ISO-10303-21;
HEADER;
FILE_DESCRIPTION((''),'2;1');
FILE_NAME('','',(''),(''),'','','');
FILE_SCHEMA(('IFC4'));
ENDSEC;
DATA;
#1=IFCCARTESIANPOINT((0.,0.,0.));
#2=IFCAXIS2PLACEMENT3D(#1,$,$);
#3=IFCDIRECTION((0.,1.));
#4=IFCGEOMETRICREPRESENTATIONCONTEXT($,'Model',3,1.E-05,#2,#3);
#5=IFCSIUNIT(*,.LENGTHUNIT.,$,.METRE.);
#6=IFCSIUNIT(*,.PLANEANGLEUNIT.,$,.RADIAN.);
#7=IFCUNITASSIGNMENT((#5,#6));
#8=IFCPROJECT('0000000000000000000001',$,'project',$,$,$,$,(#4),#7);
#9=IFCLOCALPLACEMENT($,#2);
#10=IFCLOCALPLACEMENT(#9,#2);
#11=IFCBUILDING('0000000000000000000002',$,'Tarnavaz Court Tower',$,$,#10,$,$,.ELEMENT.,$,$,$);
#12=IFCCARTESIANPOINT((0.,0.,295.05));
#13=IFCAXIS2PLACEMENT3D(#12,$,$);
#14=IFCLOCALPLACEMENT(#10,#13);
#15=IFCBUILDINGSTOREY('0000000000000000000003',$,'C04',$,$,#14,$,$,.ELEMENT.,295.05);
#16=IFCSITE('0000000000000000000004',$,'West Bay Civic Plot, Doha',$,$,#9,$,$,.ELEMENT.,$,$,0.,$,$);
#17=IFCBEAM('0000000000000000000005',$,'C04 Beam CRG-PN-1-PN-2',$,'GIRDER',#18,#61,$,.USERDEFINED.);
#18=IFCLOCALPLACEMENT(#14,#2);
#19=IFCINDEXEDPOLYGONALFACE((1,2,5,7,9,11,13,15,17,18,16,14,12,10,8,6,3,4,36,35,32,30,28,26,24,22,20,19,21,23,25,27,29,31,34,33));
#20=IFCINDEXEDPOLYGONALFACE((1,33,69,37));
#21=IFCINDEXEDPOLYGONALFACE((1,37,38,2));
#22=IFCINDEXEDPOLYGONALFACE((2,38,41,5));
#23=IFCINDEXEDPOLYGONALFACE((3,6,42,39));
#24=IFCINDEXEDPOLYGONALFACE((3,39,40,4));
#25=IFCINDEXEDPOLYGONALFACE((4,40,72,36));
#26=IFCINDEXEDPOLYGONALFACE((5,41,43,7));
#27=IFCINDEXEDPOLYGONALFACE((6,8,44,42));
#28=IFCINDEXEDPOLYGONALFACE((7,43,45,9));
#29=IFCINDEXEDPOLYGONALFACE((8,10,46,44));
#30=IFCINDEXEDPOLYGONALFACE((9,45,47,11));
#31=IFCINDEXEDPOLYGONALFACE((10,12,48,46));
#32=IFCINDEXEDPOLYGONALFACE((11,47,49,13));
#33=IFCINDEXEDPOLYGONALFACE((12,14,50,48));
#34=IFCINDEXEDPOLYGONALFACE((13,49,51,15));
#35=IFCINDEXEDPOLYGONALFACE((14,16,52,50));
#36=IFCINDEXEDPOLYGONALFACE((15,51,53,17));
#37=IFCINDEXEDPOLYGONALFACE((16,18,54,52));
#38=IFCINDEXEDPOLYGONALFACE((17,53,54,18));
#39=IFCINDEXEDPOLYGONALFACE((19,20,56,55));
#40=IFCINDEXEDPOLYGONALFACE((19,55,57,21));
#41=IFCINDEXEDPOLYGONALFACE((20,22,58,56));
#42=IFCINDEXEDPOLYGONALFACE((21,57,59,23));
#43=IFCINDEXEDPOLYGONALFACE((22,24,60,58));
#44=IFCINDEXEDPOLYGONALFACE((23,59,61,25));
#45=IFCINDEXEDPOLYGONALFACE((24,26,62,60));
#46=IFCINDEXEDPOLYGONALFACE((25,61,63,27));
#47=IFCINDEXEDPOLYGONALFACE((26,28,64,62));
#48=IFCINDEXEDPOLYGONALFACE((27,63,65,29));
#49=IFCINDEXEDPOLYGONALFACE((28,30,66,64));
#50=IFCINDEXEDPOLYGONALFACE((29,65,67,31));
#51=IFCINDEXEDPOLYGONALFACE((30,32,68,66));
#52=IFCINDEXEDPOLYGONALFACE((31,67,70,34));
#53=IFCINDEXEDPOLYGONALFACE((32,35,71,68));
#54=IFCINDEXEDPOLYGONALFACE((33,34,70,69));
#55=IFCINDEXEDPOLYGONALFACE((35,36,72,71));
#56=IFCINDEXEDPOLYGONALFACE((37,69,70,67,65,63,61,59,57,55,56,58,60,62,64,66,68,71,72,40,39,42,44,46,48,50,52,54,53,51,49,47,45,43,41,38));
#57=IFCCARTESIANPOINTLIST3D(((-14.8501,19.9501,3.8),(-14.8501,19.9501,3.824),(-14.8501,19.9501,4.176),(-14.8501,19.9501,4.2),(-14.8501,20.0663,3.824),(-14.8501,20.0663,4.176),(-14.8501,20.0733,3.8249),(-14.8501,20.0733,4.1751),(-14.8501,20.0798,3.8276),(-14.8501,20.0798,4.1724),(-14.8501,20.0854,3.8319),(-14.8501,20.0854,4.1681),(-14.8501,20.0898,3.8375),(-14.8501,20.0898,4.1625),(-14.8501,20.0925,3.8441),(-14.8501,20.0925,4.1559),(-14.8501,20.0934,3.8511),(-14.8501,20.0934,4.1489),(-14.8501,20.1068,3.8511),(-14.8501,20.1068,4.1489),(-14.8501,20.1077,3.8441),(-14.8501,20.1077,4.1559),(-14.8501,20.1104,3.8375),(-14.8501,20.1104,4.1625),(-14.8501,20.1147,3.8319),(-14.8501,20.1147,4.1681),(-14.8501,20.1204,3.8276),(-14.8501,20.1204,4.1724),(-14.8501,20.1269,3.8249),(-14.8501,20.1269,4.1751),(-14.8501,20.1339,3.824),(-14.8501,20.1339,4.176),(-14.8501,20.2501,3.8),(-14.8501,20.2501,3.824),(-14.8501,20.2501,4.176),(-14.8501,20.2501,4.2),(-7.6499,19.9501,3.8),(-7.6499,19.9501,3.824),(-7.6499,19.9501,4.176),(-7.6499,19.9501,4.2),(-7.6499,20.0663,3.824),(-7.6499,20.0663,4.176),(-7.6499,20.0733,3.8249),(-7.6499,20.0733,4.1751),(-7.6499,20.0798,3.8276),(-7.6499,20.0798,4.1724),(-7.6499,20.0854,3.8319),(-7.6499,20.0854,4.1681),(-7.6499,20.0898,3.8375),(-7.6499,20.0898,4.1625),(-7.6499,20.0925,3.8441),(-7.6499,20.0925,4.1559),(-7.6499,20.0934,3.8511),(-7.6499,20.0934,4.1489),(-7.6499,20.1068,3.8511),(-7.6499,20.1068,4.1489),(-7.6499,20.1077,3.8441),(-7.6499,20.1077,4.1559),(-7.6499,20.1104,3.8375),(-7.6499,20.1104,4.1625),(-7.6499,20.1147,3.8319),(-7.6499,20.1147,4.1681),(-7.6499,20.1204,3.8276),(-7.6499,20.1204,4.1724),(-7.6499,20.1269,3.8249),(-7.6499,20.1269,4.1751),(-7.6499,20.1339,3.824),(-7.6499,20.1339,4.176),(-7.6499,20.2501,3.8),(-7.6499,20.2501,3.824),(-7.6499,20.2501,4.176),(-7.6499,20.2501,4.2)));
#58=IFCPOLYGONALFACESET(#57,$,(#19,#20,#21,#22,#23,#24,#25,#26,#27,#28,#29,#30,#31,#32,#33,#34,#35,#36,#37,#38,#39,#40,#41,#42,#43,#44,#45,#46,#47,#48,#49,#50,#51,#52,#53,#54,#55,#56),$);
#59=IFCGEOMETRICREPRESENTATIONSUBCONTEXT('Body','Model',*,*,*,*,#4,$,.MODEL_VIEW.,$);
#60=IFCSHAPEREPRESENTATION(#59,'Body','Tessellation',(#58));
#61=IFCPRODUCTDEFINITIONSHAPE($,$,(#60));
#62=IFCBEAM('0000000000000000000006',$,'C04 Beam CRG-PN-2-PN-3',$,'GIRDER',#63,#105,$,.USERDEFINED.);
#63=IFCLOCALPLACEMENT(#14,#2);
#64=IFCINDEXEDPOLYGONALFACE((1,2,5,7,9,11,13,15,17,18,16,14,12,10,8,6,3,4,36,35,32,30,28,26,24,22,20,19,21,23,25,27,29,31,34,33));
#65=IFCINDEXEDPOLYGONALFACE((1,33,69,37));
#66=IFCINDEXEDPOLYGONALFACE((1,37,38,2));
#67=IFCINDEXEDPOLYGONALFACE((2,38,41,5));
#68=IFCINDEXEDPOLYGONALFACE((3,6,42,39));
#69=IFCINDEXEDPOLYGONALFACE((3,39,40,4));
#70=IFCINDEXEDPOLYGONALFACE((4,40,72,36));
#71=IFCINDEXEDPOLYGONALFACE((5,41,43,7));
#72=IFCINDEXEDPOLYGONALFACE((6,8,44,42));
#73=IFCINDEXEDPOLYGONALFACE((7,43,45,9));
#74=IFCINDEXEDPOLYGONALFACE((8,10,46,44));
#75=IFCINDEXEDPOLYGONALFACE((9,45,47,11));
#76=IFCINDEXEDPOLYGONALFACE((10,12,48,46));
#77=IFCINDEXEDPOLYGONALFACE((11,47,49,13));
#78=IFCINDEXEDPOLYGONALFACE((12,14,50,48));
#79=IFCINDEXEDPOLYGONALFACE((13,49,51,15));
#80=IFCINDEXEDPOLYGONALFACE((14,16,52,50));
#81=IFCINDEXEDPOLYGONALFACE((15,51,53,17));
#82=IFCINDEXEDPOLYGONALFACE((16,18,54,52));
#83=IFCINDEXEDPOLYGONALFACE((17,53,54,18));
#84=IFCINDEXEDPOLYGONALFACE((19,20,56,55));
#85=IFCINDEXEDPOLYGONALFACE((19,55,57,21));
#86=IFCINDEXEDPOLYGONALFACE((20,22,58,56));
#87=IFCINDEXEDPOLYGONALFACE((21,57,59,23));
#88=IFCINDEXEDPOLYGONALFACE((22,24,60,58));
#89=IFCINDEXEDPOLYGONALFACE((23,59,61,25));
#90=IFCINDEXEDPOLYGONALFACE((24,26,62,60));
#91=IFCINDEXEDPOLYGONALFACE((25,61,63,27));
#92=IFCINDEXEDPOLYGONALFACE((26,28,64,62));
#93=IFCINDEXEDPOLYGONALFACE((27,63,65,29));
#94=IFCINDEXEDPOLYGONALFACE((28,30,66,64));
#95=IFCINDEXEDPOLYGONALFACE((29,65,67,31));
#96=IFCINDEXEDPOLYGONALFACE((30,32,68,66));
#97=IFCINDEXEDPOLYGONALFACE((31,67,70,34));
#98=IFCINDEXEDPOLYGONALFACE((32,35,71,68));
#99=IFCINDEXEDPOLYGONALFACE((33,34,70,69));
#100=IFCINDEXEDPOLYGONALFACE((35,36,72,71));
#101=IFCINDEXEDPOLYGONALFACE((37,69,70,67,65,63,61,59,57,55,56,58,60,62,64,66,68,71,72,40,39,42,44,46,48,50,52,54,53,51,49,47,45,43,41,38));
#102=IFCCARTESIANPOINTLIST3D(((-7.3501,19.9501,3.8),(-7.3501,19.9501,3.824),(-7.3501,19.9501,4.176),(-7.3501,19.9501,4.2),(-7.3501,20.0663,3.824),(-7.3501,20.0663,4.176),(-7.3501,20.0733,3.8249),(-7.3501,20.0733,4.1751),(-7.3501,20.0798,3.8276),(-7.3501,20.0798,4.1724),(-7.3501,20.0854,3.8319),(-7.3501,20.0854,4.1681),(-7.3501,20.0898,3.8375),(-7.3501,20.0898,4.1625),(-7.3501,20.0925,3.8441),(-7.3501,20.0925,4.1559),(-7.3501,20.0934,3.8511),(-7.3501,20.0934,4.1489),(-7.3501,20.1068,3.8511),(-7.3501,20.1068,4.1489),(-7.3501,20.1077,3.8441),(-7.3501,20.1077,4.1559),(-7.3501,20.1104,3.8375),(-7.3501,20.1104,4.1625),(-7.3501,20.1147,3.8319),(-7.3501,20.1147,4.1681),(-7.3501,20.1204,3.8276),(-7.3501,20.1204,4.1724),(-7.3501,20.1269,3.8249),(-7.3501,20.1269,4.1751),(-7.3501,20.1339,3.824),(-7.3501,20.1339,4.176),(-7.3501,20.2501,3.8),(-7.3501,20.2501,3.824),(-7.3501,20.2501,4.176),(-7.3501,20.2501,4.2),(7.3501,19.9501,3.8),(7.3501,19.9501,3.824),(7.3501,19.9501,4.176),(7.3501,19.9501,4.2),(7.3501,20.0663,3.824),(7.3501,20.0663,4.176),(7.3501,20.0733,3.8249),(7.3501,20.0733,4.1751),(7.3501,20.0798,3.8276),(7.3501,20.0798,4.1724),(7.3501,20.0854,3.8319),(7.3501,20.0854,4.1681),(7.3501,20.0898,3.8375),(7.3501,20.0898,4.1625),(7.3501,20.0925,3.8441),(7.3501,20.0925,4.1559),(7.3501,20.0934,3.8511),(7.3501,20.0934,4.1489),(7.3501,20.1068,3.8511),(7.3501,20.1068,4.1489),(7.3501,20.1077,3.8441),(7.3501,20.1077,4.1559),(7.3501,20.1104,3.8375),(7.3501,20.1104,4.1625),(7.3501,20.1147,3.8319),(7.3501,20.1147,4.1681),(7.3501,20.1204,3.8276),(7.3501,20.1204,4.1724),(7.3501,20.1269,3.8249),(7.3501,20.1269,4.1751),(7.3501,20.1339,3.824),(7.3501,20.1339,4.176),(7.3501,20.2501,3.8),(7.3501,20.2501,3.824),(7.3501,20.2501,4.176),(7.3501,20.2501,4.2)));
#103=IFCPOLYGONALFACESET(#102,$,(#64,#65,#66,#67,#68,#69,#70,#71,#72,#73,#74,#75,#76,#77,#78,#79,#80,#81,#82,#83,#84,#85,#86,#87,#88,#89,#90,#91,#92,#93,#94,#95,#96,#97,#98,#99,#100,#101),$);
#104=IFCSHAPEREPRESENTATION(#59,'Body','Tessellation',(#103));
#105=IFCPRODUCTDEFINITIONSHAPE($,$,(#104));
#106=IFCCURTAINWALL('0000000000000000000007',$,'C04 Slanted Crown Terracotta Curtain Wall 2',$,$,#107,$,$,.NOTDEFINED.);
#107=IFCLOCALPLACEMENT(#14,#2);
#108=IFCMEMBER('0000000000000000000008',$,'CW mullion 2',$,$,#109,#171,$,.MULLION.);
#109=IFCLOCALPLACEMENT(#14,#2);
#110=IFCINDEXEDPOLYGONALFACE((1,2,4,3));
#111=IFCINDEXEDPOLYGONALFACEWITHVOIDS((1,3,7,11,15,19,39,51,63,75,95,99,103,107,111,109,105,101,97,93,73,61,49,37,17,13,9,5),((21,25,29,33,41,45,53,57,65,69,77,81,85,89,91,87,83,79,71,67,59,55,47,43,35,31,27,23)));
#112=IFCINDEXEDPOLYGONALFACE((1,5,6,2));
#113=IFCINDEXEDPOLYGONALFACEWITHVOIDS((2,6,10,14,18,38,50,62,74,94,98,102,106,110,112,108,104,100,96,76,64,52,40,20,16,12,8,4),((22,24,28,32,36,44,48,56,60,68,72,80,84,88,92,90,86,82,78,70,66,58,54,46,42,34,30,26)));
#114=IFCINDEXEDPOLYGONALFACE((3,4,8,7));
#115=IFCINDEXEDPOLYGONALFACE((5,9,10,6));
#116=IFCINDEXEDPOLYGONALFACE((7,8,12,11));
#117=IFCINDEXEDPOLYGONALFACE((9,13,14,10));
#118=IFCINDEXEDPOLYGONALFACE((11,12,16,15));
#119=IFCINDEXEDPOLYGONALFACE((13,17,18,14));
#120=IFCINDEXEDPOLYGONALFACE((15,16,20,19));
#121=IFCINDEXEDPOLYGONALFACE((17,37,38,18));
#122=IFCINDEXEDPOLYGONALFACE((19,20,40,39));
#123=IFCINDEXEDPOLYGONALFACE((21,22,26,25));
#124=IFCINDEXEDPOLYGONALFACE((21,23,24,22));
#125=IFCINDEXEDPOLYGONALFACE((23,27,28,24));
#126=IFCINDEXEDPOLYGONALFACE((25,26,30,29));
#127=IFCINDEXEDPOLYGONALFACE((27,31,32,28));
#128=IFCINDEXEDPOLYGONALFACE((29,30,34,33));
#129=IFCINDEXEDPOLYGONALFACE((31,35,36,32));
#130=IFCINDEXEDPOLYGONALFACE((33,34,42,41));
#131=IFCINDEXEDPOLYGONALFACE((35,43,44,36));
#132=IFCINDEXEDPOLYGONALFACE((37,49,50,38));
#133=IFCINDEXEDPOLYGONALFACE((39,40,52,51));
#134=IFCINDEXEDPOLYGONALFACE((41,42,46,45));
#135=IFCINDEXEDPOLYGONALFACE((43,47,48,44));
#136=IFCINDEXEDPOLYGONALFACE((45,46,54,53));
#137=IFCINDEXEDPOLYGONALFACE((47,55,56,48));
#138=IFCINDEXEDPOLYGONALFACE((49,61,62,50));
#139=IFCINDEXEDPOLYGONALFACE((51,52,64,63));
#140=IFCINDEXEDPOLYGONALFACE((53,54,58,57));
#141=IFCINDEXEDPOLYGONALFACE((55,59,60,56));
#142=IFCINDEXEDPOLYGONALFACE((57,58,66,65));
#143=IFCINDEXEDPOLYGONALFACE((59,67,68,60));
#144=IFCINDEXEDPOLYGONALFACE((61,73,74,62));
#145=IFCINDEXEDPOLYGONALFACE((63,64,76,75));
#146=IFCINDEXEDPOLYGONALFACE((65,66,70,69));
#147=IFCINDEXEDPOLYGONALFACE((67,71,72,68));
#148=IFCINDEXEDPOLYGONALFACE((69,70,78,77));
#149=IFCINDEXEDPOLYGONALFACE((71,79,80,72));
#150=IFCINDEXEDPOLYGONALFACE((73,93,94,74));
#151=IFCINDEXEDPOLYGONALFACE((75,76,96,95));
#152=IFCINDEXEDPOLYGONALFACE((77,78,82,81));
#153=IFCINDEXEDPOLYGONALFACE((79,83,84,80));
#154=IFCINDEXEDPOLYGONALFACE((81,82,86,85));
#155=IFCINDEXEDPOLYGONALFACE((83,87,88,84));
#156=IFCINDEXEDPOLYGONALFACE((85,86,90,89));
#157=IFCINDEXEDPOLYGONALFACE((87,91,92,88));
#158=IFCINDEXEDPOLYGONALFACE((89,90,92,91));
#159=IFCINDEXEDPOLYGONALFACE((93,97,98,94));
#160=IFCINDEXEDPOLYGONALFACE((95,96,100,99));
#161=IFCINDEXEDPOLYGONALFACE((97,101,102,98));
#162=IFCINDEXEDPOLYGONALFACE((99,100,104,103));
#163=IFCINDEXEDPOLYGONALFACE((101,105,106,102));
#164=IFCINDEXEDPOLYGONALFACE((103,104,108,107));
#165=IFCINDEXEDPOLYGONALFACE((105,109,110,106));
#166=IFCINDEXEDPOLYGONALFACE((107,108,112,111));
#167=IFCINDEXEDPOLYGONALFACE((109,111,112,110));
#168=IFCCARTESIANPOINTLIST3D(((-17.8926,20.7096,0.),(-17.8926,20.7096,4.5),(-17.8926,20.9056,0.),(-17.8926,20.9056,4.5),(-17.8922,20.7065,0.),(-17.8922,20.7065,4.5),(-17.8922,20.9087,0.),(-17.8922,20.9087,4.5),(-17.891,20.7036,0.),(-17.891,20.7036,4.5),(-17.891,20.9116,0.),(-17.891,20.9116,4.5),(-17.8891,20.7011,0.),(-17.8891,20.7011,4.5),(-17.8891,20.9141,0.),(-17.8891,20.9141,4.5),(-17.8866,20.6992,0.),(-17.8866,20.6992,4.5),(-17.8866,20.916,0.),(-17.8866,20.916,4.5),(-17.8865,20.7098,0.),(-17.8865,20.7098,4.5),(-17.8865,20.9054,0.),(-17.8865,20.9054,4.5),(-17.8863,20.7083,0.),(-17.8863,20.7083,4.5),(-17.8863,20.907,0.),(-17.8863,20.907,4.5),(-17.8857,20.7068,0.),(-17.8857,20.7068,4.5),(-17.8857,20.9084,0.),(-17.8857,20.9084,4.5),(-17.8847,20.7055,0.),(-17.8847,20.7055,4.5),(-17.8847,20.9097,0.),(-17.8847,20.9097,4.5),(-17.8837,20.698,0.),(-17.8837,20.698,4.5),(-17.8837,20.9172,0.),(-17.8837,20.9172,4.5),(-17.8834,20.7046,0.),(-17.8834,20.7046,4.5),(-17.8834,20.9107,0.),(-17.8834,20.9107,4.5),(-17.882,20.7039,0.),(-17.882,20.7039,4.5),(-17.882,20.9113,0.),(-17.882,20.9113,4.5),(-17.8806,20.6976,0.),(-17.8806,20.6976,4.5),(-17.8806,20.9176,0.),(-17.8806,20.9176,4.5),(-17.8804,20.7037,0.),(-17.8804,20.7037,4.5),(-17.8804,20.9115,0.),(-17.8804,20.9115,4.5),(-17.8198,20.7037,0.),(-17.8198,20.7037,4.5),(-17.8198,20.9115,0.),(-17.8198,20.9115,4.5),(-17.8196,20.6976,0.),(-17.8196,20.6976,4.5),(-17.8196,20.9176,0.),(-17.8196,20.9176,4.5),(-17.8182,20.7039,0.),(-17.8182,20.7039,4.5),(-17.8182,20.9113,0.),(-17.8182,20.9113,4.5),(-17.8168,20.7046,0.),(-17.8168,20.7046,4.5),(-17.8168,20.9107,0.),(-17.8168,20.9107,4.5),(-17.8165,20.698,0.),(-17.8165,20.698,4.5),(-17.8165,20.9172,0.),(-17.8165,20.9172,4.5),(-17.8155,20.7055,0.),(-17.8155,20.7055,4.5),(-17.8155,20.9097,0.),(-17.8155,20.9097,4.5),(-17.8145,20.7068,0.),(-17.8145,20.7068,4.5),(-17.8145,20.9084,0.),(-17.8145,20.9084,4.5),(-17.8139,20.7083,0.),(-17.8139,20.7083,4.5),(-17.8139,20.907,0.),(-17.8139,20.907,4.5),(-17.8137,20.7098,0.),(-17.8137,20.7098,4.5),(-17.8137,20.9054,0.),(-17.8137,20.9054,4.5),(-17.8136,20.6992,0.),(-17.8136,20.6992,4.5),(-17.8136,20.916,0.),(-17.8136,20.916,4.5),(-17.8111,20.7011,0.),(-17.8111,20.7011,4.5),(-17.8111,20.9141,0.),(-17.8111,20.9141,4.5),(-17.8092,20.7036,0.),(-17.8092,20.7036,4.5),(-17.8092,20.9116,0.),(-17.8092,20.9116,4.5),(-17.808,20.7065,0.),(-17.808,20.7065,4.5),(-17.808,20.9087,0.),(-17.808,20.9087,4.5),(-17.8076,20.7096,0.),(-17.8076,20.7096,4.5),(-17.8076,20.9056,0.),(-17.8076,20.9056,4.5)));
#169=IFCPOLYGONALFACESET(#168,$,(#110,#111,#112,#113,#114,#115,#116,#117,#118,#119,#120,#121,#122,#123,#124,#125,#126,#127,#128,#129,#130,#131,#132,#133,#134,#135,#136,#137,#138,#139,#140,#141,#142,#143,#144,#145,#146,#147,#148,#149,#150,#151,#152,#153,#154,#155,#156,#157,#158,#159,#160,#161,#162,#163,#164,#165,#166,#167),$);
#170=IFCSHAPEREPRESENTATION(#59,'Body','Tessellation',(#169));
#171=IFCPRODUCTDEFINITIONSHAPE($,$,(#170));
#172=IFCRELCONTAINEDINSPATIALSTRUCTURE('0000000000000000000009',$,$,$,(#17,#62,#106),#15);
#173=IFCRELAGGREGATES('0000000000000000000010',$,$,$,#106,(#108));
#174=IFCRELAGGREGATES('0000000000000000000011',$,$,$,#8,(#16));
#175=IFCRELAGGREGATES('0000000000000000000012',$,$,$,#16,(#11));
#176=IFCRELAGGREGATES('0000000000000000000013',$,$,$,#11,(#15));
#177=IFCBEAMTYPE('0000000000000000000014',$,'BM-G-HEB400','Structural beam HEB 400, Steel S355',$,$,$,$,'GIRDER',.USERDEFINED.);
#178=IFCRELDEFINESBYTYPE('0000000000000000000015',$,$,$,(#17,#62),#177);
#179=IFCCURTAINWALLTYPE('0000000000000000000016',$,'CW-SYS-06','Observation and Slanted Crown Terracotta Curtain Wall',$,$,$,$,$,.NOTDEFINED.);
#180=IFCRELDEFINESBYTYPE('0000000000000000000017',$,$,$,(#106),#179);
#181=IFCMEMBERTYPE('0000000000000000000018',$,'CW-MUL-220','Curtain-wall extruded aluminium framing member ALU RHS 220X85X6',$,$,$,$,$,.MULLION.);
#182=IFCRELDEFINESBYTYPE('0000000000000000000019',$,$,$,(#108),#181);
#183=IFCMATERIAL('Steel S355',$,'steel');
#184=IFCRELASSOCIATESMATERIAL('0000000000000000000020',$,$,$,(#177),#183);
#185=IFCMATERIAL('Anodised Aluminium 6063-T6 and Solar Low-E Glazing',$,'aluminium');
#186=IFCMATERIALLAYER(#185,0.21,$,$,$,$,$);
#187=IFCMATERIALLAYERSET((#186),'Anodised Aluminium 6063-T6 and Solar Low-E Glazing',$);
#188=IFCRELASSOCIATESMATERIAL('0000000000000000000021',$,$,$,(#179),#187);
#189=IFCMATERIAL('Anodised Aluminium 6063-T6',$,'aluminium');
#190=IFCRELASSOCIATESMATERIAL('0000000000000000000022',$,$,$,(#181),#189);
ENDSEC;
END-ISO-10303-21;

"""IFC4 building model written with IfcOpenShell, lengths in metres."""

from ifc_helpers import new_model, si_unit, direction, frame, origin, origin_2d, place, context, subcontext, project, spatial, hollow_rectangle, i_section, extrude, material, layer, layer_set, material_profile, profile_set, type_object, element, aggregate, save


model = new_model("IFC4")

# Units and contexts
model_context = context("Model", 3, precision=1e-05, world=origin(), true_north=direction((0.0, 1.0)))
body_context = subcontext(model_context, "Body", "Model", "MODEL_VIEW")
ifc_project = project(units=[si_unit("LENGTHUNIT", "METRE"), si_unit("PLANEANGLEUNIT", "RADIAN")], contexts=[model_context])

# Site, building, storey
site_placement = place(None, origin())
site = spatial("IfcSite", under=ifc_project, at=site_placement, Name="West Bay Civic Plot, Doha", CompositionType="ELEMENT", RefElevation=0.0)
building_placement = place(site_placement, origin())
building = spatial("IfcBuilding", under=site, at=building_placement, Name="Tarnavaz Court Tower", CompositionType="ELEMENT")
storey_placement = place(building_placement, frame((0.0, 0.0, 295.05)))
storey = spatial("IfcBuildingStorey", under=building, at=storey_placement, Name="C04", CompositionType="ELEMENT", Elevation=295.05)

# Shared definitions
ifc_material_1 = material(Name="Steel S355", Category="steel")

# Beams
ifc_material_profile_1 = material_profile(ifc_material_1, i_section(OverallWidth=0.3, OverallDepth=0.3999, WebThickness=0.0134, FlangeThickness=0.0239, FilletRadius=0.0271, at=origin_2d()), Name="HEB 400")
ifc_profile_set_1 = profile_set([ifc_material_profile_1], Name="Steel S355")
beam_type = type_object("IfcBeamType", Name="BM-G-HEB400", Description="Structural beam HEB 400, Steel S355", ElementType="GIRDER", PredefinedType="USERDEFINED", material=ifc_profile_set_1)
beam_1_placement = place(storey_placement, frame((-14.8501, 20.1001, 4.0), z_axis=(1.0, 0.0, 0.0), x_axis=(0.0, 1.0, 0.0)))
element("IfcBeam", 1, at=beam_1_placement, inside=storey, type_object=beam_type, Name="C04 Beam CRG-PN-1-PN-2", ObjectType="GIRDER", PredefinedType="USERDEFINED", context=body_context, shape_type="SweptSolid", body=[
    extrude(i_section(OverallWidth=0.3, OverallDepth=0.3999, WebThickness=0.0134, FlangeThickness=0.0239, FilletRadius=0.0271, at=origin_2d()), origin(), (0.0, 0.0, 1.0), 7.2002),
])
beam_2_placement = place(storey_placement, frame((-7.3501, 20.1001, 4.0), z_axis=(1.0, 0.0, 0.0), x_axis=(0.0, 1.0, 0.0)))
element("IfcBeam", 2, at=beam_2_placement, inside=storey, type_object=beam_type, Name="C04 Beam CRG-PN-2-PN-3", ObjectType="GIRDER", PredefinedType="USERDEFINED", context=body_context, shape_type="SweptSolid", body=[
    extrude(i_section(OverallWidth=0.3, OverallDepth=0.3999, WebThickness=0.0134, FlangeThickness=0.0239, FilletRadius=0.0271, at=origin_2d()), origin(), (0.0, 0.0, 1.0), 14.7002),
])

# Curtain wall, member
ifc_material_2 = material(Name="Anodised Aluminium 6063-T6 and Solar Low-E Glazing", Category="aluminium")
ifc_layer_1 = layer(ifc_material_2, 0.21)
ifc_layer_set_1 = layer_set([ifc_layer_1], Name="Anodised Aluminium 6063-T6 and Solar Low-E Glazing")
curtain_wall_type = type_object("IfcCurtainWallType", Name="CW-SYS-06", Description="Observation and Slanted Crown Terracotta Curtain Wall", PredefinedType="NOTDEFINED", material=ifc_layer_set_1)
curtain_wall_1_placement = place(storey_placement, origin())
curtain_wall_1 = element("IfcCurtainWall", 3, at=curtain_wall_1_placement, inside=storey, type_object=curtain_wall_type, Name="C04 Slanted Crown Terracotta Curtain Wall 2", PredefinedType="NOTDEFINED")
ifc_material_3 = material(Name="Anodised Aluminium 6063-T6", Category="aluminium")
ifc_material_profile_2 = material_profile(ifc_material_3, hollow_rectangle(XDim=0.085, YDim=0.22, WallThickness=0.0061, InnerFilletRadius=0.0061, OuterFilletRadius=0.012, at=origin_2d()), Name="ALU RHS 220X85X6")
ifc_profile_set_2 = profile_set([ifc_material_profile_2], Name="Anodised Aluminium 6063-T6")
member_type_1 = type_object("IfcMemberType", Name="CW-MUL-220", Description="Curtain-wall extruded aluminium framing member ALU RHS 220X85X6", PredefinedType="MULLION", material=ifc_profile_set_2)
member_1_placement = place(storey_placement, frame((-17.8501, 20.8076, 0.0), z_axis=(0.0, 0.0, 1.0), x_axis=(-1.0, 0.0, 0.0)))
member_1 = element("IfcMember", 4, at=member_1_placement, type_object=member_type_1, Name="CW mullion 2", PredefinedType="MULLION", context=body_context, shape_type="SweptSolid", body=[
    extrude(hollow_rectangle(XDim=0.085, YDim=0.22, WallThickness=0.0061, InnerFilletRadius=0.0061, OuterFilletRadius=0.012, at=origin_2d()), origin(), (0.0, 0.0, 1.0), 4.5),
])
aggregate(curtain_wall_1, [member_1])

save(model, "model.ifc")
